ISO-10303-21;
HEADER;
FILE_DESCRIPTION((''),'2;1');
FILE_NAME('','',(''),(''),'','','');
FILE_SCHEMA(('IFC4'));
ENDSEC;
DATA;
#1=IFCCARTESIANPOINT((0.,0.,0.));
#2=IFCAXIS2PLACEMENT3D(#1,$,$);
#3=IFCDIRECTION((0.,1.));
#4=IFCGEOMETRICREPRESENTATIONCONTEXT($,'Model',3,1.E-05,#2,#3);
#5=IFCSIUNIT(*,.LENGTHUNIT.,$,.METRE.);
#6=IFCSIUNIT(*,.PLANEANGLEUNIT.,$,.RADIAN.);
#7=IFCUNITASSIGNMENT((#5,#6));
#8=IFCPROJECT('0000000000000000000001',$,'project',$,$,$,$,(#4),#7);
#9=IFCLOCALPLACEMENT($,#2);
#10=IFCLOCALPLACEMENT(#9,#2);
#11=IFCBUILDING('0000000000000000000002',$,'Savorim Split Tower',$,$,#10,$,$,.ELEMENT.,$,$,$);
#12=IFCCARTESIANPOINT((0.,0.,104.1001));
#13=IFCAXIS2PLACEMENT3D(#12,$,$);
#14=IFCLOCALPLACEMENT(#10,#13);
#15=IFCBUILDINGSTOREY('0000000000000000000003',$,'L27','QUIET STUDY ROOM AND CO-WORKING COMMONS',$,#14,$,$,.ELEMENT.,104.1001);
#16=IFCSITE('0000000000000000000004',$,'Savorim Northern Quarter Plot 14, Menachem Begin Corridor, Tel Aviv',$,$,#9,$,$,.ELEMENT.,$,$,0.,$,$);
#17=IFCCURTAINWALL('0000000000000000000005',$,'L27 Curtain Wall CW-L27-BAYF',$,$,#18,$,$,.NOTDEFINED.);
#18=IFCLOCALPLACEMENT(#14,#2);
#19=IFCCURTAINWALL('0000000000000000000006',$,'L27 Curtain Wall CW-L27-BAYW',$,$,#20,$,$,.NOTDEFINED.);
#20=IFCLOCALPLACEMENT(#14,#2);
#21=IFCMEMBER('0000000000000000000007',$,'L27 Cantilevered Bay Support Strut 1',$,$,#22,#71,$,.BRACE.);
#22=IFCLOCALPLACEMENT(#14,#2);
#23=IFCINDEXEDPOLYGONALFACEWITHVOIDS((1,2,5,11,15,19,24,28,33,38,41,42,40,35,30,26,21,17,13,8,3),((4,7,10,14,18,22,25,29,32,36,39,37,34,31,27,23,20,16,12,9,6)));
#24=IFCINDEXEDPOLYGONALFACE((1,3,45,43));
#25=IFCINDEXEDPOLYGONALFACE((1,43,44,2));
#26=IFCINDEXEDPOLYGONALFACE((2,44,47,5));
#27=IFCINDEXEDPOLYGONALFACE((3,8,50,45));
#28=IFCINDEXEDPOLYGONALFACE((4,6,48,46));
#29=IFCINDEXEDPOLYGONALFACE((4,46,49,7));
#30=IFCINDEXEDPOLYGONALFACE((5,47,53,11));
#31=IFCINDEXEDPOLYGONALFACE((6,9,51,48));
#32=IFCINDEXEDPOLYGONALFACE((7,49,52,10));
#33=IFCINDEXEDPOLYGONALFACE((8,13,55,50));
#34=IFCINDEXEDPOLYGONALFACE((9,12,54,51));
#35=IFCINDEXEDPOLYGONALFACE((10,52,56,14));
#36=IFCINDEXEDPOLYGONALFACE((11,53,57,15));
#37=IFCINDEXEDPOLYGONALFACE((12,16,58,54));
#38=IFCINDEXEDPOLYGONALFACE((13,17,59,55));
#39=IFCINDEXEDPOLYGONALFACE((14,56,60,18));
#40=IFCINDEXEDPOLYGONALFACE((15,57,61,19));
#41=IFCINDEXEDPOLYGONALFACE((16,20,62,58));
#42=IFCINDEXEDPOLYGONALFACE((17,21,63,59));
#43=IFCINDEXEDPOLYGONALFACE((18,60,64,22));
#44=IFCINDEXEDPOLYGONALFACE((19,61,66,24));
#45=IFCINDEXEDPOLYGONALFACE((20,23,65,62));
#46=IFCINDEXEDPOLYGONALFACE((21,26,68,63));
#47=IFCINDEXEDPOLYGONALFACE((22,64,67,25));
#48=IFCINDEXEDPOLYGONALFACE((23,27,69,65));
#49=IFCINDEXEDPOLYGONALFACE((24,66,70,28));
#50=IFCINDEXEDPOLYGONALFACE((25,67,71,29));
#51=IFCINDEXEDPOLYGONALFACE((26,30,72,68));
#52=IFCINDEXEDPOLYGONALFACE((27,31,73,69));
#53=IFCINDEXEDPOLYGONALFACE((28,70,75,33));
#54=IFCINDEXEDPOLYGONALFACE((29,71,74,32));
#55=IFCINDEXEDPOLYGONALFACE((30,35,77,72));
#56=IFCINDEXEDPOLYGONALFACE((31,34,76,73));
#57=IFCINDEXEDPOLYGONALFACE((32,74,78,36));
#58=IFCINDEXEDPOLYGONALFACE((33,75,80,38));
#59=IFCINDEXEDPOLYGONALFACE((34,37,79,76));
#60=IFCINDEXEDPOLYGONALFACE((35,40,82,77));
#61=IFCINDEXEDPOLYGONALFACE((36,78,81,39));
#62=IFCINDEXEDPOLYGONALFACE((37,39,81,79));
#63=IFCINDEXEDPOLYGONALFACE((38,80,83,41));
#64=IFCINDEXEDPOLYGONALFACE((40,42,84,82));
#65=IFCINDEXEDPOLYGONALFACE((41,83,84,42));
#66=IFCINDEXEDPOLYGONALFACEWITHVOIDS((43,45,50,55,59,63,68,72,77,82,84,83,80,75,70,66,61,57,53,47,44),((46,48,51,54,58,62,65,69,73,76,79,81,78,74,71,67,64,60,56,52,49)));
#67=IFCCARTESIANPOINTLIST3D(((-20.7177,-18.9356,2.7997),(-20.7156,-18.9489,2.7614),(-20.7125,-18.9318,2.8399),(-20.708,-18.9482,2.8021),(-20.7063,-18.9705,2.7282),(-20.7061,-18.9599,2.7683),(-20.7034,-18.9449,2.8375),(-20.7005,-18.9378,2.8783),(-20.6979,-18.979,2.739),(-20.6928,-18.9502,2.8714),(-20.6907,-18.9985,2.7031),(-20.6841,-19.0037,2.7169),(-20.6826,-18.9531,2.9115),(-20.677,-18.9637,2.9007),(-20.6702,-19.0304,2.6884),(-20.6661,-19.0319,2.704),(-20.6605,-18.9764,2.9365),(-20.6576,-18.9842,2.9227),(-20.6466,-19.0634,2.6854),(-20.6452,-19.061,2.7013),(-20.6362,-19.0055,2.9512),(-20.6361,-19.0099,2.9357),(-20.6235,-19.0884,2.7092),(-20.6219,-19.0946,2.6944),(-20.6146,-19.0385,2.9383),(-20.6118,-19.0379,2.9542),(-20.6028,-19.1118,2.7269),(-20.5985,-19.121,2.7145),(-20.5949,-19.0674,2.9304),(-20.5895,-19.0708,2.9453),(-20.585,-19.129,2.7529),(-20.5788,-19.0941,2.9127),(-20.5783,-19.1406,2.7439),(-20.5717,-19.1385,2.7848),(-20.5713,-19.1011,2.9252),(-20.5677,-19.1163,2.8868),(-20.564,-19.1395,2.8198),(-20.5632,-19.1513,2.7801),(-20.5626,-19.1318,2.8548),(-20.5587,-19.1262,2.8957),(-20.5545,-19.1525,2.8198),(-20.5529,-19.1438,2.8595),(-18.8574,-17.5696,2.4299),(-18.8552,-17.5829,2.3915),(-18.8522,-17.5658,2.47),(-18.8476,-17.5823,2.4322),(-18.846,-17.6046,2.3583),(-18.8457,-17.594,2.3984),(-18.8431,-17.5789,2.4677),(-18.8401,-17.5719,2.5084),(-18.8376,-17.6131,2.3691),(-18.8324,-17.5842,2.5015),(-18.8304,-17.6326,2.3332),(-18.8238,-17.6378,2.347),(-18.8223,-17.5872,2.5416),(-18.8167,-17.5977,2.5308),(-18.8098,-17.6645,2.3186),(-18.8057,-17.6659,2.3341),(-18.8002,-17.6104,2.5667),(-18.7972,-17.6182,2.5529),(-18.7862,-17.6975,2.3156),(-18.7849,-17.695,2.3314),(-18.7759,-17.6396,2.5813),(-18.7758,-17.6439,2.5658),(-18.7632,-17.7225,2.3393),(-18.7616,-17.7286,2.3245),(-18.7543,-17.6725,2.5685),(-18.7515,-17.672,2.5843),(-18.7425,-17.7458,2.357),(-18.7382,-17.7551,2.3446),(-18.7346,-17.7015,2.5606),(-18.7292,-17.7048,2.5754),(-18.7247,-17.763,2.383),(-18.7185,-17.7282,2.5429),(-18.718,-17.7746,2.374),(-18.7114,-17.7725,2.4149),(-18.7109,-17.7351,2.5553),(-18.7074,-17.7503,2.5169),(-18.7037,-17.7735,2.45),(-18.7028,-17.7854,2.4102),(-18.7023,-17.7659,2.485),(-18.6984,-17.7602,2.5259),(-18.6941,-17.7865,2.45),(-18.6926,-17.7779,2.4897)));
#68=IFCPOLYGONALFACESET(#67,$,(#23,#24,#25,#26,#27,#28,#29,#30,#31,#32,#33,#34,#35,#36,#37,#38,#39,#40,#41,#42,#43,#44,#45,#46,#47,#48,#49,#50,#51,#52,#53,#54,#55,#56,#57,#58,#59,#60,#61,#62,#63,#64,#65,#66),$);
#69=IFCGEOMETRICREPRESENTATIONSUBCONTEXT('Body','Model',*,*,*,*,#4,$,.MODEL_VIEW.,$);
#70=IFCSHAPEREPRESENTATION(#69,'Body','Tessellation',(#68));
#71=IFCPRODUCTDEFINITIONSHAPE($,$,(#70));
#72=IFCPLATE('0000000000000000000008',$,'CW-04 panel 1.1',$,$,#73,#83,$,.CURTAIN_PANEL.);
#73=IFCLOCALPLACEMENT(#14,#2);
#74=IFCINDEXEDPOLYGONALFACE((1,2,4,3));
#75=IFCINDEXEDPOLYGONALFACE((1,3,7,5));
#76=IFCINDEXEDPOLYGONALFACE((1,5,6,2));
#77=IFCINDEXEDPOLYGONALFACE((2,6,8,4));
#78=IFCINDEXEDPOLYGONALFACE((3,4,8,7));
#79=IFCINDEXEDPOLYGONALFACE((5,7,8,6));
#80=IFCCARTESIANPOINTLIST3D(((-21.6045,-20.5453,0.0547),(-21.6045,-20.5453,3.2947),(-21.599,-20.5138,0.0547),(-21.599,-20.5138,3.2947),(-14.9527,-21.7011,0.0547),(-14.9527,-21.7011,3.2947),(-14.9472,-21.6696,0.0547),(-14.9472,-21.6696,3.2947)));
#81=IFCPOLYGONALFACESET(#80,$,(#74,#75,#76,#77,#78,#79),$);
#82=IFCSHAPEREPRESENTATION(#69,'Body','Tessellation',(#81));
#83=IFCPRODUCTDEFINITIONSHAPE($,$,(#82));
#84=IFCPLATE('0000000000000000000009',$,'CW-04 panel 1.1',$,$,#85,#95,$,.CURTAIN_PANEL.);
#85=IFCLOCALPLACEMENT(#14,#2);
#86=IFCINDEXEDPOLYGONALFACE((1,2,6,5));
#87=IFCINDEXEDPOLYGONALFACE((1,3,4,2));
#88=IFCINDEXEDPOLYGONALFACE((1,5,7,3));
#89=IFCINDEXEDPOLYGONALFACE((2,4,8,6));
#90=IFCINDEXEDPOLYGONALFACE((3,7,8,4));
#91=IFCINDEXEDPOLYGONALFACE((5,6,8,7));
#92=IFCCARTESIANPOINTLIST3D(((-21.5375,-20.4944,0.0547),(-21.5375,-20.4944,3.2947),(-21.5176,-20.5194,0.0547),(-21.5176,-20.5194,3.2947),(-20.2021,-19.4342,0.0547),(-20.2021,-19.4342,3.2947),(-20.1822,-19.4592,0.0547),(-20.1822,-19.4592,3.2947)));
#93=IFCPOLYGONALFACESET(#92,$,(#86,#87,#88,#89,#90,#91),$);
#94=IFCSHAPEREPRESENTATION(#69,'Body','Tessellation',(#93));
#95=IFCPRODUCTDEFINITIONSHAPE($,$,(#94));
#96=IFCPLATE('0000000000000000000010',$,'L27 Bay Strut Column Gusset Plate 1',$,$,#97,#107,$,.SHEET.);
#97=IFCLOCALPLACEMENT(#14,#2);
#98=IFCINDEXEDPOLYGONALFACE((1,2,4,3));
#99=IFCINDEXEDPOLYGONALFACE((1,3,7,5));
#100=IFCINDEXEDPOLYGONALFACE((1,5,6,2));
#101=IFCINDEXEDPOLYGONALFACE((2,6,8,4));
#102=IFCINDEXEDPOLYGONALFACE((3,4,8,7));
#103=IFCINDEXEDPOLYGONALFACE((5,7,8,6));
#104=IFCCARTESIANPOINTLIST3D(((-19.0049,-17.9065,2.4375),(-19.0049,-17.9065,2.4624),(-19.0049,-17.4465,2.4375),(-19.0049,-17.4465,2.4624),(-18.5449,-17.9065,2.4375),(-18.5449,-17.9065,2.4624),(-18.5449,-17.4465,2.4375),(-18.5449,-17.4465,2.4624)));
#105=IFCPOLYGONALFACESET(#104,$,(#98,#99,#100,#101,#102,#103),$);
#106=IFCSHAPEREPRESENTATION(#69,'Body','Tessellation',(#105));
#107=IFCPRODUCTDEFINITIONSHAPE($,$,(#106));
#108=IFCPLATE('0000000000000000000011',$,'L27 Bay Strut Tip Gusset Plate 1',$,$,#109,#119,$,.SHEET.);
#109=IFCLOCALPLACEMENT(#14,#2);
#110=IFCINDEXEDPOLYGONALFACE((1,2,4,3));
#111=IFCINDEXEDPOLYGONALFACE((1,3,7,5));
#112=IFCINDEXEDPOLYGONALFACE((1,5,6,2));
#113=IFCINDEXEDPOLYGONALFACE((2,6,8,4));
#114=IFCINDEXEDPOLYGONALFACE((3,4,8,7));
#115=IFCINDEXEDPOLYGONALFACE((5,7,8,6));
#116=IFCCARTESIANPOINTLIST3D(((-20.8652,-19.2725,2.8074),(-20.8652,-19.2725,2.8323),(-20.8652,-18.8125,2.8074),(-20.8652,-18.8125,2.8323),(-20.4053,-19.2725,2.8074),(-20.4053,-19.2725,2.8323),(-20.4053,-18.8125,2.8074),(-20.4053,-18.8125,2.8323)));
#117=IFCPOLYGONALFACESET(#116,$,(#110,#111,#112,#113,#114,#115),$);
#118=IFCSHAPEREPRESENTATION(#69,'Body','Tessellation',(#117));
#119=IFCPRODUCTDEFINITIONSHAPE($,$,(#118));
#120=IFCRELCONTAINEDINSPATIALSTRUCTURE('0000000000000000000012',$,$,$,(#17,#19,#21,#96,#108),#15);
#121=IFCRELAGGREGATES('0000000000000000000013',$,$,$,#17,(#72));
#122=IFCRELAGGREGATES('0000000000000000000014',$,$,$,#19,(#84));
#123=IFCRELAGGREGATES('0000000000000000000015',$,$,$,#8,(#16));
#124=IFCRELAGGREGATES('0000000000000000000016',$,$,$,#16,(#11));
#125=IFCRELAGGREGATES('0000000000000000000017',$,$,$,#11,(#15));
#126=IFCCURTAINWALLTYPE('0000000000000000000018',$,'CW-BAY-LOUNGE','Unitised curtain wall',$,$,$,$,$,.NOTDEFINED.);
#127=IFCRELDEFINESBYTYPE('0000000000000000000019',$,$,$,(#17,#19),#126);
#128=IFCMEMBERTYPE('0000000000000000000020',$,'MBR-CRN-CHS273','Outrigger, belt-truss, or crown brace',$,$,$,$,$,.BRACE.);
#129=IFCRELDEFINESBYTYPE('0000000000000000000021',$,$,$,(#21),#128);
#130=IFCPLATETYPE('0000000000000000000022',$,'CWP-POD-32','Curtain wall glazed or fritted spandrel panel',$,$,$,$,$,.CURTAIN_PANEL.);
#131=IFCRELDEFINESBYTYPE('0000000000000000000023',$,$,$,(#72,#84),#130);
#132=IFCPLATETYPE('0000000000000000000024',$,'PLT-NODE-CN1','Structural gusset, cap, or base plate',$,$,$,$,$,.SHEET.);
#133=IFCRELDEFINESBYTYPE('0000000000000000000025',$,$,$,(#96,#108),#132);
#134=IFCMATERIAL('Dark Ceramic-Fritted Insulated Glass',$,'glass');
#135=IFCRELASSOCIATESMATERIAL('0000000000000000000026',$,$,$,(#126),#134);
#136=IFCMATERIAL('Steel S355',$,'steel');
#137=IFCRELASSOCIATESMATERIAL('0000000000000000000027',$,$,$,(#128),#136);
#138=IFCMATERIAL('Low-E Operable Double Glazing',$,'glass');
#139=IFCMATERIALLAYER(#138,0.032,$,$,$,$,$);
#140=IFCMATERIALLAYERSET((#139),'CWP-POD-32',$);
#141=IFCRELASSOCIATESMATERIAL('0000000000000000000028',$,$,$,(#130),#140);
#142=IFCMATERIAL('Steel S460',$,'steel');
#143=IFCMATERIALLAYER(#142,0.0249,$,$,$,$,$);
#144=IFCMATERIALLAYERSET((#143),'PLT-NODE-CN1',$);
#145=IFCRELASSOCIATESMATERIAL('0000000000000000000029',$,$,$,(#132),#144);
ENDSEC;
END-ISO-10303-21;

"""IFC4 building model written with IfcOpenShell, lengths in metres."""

from ifc_helpers import new_model, si_unit, direction, frame, origin, origin_2d, place, context, subcontext, project, spatial, rectangle, hollow_circle, extrude, material, layer, layer_set, material_profile, profile_set, type_object, element, aggregate, save


model = new_model("IFC4")

# Units and contexts
model_context = context("Model", 3, precision=1e-05, world=origin(), true_north=direction((0.0, 1.0)))
body_context = subcontext(model_context, "Body", "Model", "MODEL_VIEW")
ifc_project = project(units=[si_unit("LENGTHUNIT", "METRE"), si_unit("PLANEANGLEUNIT", "RADIAN")], contexts=[model_context])

# Site, building, storey
site_placement = place(None, origin())
site = spatial("IfcSite", under=ifc_project, at=site_placement, Name="Savorim Northern Quarter Plot 14, Menachem Begin Corridor, Tel Aviv", CompositionType="ELEMENT", RefElevation=0.0)
building_placement = place(site_placement, origin())
building = spatial("IfcBuilding", under=site, at=building_placement, Name="Savorim Split Tower", CompositionType="ELEMENT")
storey_placement = place(building_placement, frame((0.0, 0.0, 104.1001)))
storey = spatial("IfcBuildingStorey", under=building, at=storey_placement, Name="L27", Description="QUIET STUDY ROOM AND CO-WORKING COMMONS", CompositionType="ELEMENT", Elevation=104.1001)

# Shared definitions
ifc_material_1 = material(Name="Steel S460", Category="steel")

# Shared definitions
ifc_material_2 = material(Name="Steel S355", Category="steel")

# Curtain wall
ifc_material_3 = material(Name="Dark Ceramic-Fritted Insulated Glass", Category="glass")
curtain_wall_type_1 = type_object("IfcCurtainWallType", Name="CW-BAY-LOUNGE", Description="Unitised curtain wall", PredefinedType="NOTDEFINED", material=ifc_material_3)
curtain_wall_1_placement = place(storey_placement, origin())
curtain_wall_1 = element("IfcCurtainWall", 1, at=curtain_wall_1_placement, inside=storey, type_object=curtain_wall_type_1, Name="L27 Curtain Wall CW-L27-BAYF", PredefinedType="NOTDEFINED")

# Curtain wall
curtain_wall_2_placement = place(storey_placement, origin())
curtain_wall_2 = element("IfcCurtainWall", 2, at=curtain_wall_2_placement, inside=storey, type_object=curtain_wall_type_1, Name="L27 Curtain Wall CW-L27-BAYW", PredefinedType="NOTDEFINED")

# Member
ifc_material_profile_1 = material_profile(ifc_material_2, hollow_circle(Radius=0.1365, WallThickness=0.0161, at=origin_2d()), Name="CHS 273x16")
ifc_profile_set_1 = profile_set([ifc_material_profile_1], Name="Steel S355")
member_type_1 = type_object("IfcMemberType", Name="MBR-CRN-CHS273", Description="Outrigger, belt-truss, or crown brace", PredefinedType="BRACE", material=ifc_profile_set_1)
member_1_placement = place(storey_placement, frame((-18.7749, -17.6765, 2.45), z_axis=(-0.795896, -0.584388, 0.158239), x_axis=(0.591845, -0.806052, 0.0)))
element("IfcMember", 3, at=member_1_placement, inside=storey, type_object=member_type_1, Name="L27 Cantilevered Bay Support Strut 1", PredefinedType="BRACE", context=body_context, shape_type="SweptSolid", body=[
    extrude(hollow_circle(Radius=0.1365, WallThickness=0.0161, at=origin_2d()), origin(), (0.0, 0.0, 1.0), 2.3374),
])

# Plates
ifc_material_4 = material(Name="Low-E Operable Double Glazing", Category="glass")
ifc_layer_1 = layer(ifc_material_4, 0.032)
ifc_layer_set_1 = layer_set([ifc_layer_1], Name="CWP-POD-32")
plate_type_1 = type_object("IfcPlateType", Name="CWP-POD-32", Description="Curtain wall glazed or fritted spandrel panel", PredefinedType="CURTAIN_PANEL", material=ifc_layer_set_1)
plate_1_placement = place(storey_placement, frame((-18.2759, -21.1074, 0.0547), z_axis=(0.0, 0.0, 1.0), x_axis=(0.985238, -0.171191, 0.0)))
plate_1 = element("IfcPlate", 4, at=plate_1_placement, type_object=plate_type_1, Name="CW-04 panel 1.1", PredefinedType="CURTAIN_PANEL", context=body_context, shape_type="SweptSolid", body=[
    extrude(rectangle(XDim=6.7515, YDim=0.032, at=origin_2d()), origin(), (0.0, 0.0, 1.0), 3.24),
])
aggregate(curtain_wall_1, [plate_1])
plate_2_placement = place(storey_placement, frame((-20.8599, -19.9768, 0.0547), z_axis=(0.0, 0.0, 1.0), x_axis=(-0.783171, -0.621806, 0.0)))
plate_2 = element("IfcPlate", 5, at=plate_2_placement, type_object=plate_type_1, Name="CW-04 panel 1.1", PredefinedType="CURTAIN_PANEL", context=body_context, shape_type="SweptSolid", body=[
    extrude(rectangle(XDim=1.7051, YDim=0.032, at=origin_2d()), origin(), (0.0, 0.0, 1.0), 3.24),
])
aggregate(curtain_wall_2, [plate_2])

# Plates
ifc_layer_2 = layer(ifc_material_1, 0.0249)
ifc_layer_set_2 = layer_set([ifc_layer_2], Name="PLT-NODE-CN1")
plate_type_2 = type_object("IfcPlateType", Name="PLT-NODE-CN1", Description="Structural gusset, cap, or base plate", PredefinedType="SHEET", material=ifc_layer_set_2)
for number, where, z_axis, x_axis, name in (
    (6, (-18.7749, -17.6765, 2.4375), (0.0, 0.0, 1.0), (1.0, 0.0, 0.0), "L27 Bay Strut Column Gusset Plate 1"),
    (7, (-20.6353, -19.0425, 2.8074), (0.0, 0.0, 1.0), (1.0, 0.0, 0.0), "L27 Bay Strut Tip Gusset Plate 1"),
):
    element("IfcPlate", number, at=place(storey_placement, frame(where, z_axis=z_axis, x_axis=x_axis)), inside=storey, type_object=plate_type_2, Name=name, PredefinedType="SHEET", context=body_context, shape_type="SweptSolid", body=[
        extrude(rectangle(XDim=0.46, YDim=0.46, at=origin_2d()), origin(), (0.0, 0.0, 1.0), 0.0249),
    ])

save(model, "model.ifc")
